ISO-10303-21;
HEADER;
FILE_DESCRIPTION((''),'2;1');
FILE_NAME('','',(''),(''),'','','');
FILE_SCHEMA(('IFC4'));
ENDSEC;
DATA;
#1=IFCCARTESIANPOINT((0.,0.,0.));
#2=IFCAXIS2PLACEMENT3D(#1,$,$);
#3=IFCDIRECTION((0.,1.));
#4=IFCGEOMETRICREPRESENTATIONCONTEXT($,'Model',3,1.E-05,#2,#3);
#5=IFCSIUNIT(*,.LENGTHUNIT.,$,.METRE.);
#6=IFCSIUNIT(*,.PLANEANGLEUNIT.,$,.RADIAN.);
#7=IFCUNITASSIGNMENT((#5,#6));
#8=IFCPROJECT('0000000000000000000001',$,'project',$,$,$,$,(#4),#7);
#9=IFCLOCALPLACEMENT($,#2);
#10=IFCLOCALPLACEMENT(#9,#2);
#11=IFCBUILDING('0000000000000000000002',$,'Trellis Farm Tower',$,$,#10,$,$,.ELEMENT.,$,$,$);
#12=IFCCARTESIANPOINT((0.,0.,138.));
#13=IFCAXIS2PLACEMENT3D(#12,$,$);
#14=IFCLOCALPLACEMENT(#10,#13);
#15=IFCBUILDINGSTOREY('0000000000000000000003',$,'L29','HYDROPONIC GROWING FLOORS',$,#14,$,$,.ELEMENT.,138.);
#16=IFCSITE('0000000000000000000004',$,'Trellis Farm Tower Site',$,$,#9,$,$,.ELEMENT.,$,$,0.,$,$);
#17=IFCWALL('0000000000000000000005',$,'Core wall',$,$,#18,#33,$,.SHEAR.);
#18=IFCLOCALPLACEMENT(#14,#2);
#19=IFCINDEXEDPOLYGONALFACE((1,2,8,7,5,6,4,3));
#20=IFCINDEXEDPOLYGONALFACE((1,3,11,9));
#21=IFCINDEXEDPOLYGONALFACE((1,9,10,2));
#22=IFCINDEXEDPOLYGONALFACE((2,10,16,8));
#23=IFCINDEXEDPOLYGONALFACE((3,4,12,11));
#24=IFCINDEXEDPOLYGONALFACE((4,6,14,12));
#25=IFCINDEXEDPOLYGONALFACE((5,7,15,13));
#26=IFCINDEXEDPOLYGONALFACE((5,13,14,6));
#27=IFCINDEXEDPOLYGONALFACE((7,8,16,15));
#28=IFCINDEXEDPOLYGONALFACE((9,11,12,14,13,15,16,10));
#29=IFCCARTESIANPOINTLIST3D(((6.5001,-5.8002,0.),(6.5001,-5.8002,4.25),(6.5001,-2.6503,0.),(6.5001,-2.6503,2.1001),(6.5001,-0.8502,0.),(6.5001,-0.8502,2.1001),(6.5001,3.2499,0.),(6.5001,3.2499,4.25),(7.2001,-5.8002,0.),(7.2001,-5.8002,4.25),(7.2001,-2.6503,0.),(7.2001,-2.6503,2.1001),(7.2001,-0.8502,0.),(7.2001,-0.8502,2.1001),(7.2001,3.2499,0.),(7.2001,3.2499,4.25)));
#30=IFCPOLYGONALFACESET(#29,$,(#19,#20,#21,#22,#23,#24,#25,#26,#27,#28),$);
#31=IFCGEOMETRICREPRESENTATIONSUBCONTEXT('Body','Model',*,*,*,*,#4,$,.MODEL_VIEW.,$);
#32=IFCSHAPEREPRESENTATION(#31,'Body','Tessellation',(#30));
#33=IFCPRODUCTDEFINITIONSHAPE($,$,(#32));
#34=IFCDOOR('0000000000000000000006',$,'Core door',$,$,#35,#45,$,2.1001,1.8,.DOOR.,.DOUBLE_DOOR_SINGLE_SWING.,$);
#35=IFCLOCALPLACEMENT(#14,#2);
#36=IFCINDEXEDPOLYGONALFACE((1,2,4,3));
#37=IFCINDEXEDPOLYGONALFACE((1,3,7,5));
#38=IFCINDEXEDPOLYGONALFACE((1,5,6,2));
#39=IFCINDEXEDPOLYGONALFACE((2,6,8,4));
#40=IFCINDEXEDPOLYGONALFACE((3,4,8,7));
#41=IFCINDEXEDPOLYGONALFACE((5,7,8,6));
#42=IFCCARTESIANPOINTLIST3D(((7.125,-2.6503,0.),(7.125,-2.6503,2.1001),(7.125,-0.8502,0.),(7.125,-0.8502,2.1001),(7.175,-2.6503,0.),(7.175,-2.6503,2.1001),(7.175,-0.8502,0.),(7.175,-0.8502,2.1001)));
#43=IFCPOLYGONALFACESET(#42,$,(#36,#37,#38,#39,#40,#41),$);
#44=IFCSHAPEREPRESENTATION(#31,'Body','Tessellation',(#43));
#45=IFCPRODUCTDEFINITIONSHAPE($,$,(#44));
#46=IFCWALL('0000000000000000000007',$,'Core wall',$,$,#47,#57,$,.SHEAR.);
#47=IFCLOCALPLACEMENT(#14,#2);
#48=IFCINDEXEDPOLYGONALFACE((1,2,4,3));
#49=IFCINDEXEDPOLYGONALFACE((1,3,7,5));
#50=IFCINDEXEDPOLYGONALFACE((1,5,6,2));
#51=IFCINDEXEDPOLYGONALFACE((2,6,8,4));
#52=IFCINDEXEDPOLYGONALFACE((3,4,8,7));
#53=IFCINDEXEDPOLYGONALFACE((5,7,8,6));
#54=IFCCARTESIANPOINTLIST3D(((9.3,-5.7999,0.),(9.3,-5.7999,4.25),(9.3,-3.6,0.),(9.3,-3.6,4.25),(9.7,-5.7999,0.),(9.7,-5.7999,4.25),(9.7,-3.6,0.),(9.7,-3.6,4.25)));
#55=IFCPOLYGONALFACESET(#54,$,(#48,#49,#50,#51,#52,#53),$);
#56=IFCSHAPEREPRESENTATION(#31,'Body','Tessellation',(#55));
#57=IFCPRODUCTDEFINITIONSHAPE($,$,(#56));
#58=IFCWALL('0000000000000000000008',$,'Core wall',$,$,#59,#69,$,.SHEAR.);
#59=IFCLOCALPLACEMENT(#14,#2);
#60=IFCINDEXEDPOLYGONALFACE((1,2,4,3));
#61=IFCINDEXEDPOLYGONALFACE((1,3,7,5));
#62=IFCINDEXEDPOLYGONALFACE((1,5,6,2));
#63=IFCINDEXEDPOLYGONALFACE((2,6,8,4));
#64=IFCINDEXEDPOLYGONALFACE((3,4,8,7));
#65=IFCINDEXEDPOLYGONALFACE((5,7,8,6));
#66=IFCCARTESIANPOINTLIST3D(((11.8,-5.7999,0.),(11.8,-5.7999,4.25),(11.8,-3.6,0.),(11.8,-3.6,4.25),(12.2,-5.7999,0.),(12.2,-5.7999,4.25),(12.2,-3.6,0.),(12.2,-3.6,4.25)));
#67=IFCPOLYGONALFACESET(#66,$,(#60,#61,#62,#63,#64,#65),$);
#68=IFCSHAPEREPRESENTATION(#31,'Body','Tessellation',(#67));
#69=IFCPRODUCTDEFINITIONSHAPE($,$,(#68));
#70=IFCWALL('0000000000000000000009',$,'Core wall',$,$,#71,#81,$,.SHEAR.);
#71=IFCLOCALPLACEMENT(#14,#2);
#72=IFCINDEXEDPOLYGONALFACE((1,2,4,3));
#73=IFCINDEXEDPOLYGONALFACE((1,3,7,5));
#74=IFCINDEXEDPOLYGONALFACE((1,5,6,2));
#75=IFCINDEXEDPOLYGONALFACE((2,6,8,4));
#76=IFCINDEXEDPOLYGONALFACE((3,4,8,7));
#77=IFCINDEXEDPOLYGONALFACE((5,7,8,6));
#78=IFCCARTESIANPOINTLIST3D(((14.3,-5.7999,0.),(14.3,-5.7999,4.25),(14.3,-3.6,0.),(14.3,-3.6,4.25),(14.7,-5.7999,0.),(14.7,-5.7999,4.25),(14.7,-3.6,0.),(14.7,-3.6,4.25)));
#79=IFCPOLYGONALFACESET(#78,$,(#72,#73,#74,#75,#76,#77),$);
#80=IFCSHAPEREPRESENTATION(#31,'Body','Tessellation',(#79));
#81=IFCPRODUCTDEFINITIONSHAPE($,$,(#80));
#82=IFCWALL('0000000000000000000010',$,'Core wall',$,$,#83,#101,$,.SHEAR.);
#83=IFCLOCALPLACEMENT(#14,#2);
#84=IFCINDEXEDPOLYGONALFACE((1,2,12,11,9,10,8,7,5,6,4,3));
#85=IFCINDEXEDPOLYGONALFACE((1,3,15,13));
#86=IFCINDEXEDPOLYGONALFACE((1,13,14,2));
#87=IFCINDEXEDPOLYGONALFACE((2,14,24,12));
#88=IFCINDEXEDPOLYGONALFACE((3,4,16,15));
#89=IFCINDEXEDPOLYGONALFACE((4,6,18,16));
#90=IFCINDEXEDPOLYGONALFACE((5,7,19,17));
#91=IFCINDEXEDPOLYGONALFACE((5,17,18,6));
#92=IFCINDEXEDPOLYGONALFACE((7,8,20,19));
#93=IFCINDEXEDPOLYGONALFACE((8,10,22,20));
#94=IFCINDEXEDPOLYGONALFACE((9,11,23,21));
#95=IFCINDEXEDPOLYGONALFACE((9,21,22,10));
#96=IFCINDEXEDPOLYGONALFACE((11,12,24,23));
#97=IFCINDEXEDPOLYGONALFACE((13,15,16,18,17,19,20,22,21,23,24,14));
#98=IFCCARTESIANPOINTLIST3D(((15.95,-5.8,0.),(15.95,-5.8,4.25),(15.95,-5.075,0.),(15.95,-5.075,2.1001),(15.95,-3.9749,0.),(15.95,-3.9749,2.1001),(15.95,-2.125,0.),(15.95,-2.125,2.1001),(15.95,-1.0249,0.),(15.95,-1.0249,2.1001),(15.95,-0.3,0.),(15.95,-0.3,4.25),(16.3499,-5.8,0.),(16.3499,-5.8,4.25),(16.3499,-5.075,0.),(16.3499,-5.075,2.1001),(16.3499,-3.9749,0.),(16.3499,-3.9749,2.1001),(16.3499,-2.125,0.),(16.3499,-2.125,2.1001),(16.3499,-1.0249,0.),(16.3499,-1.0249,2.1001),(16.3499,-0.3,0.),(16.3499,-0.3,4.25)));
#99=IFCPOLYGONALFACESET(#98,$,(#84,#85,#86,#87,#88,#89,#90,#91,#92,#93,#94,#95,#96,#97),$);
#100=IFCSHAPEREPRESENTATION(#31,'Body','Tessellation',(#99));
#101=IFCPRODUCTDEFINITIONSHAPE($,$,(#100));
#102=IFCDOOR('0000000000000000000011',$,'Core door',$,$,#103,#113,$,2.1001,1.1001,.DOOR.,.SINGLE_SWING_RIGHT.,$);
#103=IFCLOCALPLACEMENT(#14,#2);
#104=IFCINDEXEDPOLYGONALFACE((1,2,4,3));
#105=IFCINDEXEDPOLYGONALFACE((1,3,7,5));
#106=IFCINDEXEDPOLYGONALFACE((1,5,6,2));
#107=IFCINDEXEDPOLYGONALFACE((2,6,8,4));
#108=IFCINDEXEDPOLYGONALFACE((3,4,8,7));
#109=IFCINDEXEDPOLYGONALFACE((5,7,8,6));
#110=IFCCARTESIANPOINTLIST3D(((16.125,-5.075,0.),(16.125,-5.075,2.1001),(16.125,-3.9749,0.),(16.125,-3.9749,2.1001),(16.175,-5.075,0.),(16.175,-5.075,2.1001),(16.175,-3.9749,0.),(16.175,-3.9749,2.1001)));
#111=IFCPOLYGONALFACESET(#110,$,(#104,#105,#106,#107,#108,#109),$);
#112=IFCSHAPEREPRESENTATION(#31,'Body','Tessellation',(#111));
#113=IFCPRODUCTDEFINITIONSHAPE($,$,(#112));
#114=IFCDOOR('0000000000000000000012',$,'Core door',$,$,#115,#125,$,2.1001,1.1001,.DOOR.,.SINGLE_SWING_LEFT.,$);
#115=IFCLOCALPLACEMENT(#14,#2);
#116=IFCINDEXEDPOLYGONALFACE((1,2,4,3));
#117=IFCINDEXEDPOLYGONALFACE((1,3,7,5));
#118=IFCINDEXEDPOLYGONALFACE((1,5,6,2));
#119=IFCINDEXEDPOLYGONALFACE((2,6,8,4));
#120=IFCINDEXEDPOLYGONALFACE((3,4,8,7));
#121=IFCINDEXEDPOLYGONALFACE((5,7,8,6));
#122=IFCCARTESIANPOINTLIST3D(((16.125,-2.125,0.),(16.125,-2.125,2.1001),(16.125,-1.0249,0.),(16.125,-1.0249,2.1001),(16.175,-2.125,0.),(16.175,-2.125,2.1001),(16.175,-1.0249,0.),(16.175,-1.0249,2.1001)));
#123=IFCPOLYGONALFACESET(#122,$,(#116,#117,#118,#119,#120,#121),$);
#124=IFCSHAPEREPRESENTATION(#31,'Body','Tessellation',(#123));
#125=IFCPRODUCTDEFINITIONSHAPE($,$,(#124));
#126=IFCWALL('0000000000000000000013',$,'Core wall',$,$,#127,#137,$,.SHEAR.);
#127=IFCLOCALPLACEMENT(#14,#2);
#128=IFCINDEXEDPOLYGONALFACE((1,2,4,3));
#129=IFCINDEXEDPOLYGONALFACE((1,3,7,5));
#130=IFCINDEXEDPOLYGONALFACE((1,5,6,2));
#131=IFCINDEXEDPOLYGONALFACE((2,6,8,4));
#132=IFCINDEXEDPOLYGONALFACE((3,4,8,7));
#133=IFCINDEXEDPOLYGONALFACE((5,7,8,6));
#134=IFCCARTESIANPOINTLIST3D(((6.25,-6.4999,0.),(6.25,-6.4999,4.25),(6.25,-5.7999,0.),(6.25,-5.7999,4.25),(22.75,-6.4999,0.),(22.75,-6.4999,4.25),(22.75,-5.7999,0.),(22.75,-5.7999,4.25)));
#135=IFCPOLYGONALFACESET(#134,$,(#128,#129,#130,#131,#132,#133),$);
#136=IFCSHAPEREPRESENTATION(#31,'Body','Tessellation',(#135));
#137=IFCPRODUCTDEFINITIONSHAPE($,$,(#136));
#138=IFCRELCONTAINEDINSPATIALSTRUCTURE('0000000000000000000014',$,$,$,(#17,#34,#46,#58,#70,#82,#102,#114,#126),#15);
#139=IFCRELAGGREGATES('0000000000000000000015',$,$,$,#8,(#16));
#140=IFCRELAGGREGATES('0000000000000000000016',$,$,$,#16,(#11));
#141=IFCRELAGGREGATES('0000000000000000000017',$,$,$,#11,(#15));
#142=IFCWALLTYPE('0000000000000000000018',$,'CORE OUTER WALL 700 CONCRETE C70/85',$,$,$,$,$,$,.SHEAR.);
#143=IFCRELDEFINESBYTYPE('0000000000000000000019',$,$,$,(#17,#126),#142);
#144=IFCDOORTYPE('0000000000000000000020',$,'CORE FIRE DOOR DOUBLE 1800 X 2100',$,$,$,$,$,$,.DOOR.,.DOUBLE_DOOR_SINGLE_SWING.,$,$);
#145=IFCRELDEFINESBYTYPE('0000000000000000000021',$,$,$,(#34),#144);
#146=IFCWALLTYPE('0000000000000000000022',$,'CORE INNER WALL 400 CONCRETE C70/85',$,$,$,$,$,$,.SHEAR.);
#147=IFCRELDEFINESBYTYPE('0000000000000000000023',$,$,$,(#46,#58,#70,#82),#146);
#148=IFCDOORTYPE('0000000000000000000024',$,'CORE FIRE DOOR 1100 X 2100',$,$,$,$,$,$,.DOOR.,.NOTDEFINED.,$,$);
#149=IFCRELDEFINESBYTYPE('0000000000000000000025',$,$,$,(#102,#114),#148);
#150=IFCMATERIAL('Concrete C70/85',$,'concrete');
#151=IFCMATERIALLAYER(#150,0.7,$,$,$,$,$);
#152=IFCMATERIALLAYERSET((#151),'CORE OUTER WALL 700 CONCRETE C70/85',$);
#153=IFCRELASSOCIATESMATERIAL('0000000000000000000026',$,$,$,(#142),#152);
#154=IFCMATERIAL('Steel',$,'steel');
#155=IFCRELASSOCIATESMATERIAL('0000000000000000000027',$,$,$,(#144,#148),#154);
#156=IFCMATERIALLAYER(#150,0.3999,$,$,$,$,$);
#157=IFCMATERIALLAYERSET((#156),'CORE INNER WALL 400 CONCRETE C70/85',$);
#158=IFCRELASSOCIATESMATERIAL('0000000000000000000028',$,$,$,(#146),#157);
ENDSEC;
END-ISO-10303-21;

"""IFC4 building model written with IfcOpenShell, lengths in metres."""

from ifc_helpers import new_model, si_unit, direction, frame, frame_2d, origin, place, context, subcontext, project, spatial, rectangle, extrude, source, transform, mapped, material, layer, layer_set, type_object, element, fill, save


model = new_model("IFC4")

# Units and contexts
model_context = context("Model", 3, precision=1e-05, world=origin(), true_north=direction((0.0, 1.0)))
body_context = subcontext(model_context, "Body", "Model", "MODEL_VIEW")
ifc_project = project(units=[si_unit("LENGTHUNIT", "METRE"), si_unit("PLANEANGLEUNIT", "RADIAN")], contexts=[model_context])

# Site, building, storey
site_placement = place(None, origin())
site = spatial("IfcSite", under=ifc_project, at=site_placement, Name="Trellis Farm Tower Site", CompositionType="ELEMENT", RefElevation=0.0)
building_placement = place(site_placement, origin())
building = spatial("IfcBuilding", under=site, at=building_placement, Name="Trellis Farm Tower", CompositionType="ELEMENT")
storey_placement = place(building_placement, frame((0.0, 0.0, 138.0)))
storey = spatial("IfcBuildingStorey", under=building, at=storey_placement, Name="L29", Description="HYDROPONIC GROWING FLOORS", CompositionType="ELEMENT", Elevation=138.0)

# Wall, opening, door
ifc_material_1 = material(Name="Concrete C70/85", Category="concrete")
ifc_layer_1 = layer(ifc_material_1, 0.7)
ifc_layer_set_1 = layer_set([ifc_layer_1], Name="CORE OUTER WALL 700 CONCRETE C70/85")
wall_type_1 = type_object("IfcWallType", Name="CORE OUTER WALL 700 CONCRETE C70/85", PredefinedType="SHEAR", material=ifc_layer_set_1)
shared_shape_1 = source(origin(), body_context, "Body", "SweptSolid", [
    extrude(rectangle(XDim=9.05, YDim=0.7, at=frame_2d((4.5249, 0.0))), origin(), (0.0, 0.0, 1.0), 4.25),
])
wall_1_placement = place(storey_placement, frame((6.8501, -5.8, 0.0), z_axis=(0.0, 0.0, 1.0), x_axis=(0.0, 1.0, 0.0)))
wall_1 = element("IfcWall", 1, at=wall_1_placement, inside=storey, type_object=wall_type_1, Name="Core wall", PredefinedType="SHEAR", context=body_context, shape_type="MappedRepresentation", body=[
    mapped(shared_shape_1, transform((0.0, 0.0, 0.0))),
])
shared_shape_2 = source(origin(), body_context, "Body", "SweptSolid", [
    extrude(rectangle(XDim=1.8, YDim=2.1001, at=frame_2d((0.8999, 1.05))), frame((0.0, 0.3601, 0.0), z_axis=(0.0, -1.0, 0.0), x_axis=(1.0, 0.0, 0.0)), (0.0, 0.0, 1.0), 0.7202),
])
opening_1_placement = place(wall_1_placement, frame((3.1499, 0.0, 0.0)))
opening_1 = element("IfcOpeningElement", 2, at=opening_1_placement, cuts=wall_1, PredefinedType="OPENING", context=body_context, shape_type="MappedRepresentation", body=[
    mapped(shared_shape_2, transform((0.0, 0.0, 0.0))),
])
ifc_material_2 = material(Name="Steel", Category="steel")
door_type_1 = type_object("IfcDoorType", Name="CORE FIRE DOOR DOUBLE 1800 X 2100", OperationType="DOUBLE_DOOR_SINGLE_SWING", PredefinedType="DOOR", material=ifc_material_2)
shared_shape_3 = source(origin(), body_context, "Body", "SweptSolid", [
    extrude(rectangle(XDim=1.8, YDim=2.1001, at=frame_2d((0.8999, 1.05))), frame((0.0, -0.2749, 0.0), z_axis=(0.0, -1.0, 0.0), x_axis=(1.0, 0.0, 0.0)), (0.0, 0.0, 1.0), 0.05),
])
door_1_placement = place(opening_1_placement, origin())
door_1 = element("IfcDoor", 3, at=door_1_placement, inside=storey, type_object=door_type_1, Name="Core door", OperationType="DOUBLE_DOOR_SINGLE_SWING", OverallHeight=2.1001, OverallWidth=1.8, PredefinedType="DOOR", context=body_context, shape_type="MappedRepresentation", body=[
    mapped(shared_shape_3, transform((0.0, 0.0, 0.0))),
])
fill(opening_1, door_1)

# Walls
ifc_layer_2 = layer(ifc_material_1, 0.3999)
ifc_layer_set_2 = layer_set([ifc_layer_2], Name="CORE INNER WALL 400 CONCRETE C70/85")
wall_type_2 = type_object("IfcWallType", Name="CORE INNER WALL 400 CONCRETE C70/85", PredefinedType="SHEAR", material=ifc_layer_set_2)
shared_shape_4 = source(origin(), body_context, "Body", "SweptSolid", [
    extrude(rectangle(XDim=2.2, YDim=0.3999, at=frame_2d((1.1001, 0.0))), origin(), (0.0, 0.0, 1.0), 4.25),
])
for number, where, z_axis, x_axis, name in (
    (4, (9.5, -5.8, 0.0), (0.0, 0.0, 1.0), (0.0, 1.0, 0.0), "Core wall"),
    (5, (12.0, -5.8, 0.0), (0.0, 0.0, 1.0), (0.0, 1.0, 0.0), "Core wall"),
    (6, (14.5, -5.8, 0.0), (0.0, 0.0, 1.0), (0.0, 1.0, 0.0), "Core wall"),
):
    element("IfcWall", number, at=place(storey_placement, frame(where, z_axis=z_axis, x_axis=x_axis)), inside=storey, type_object=wall_type_2, Name=name, PredefinedType="SHEAR", context=body_context, shape_type="MappedRepresentation", body=[
        mapped(shared_shape_4, transform((0.0, 0.0, 0.0))),
    ])

# Wall, openings, doors
shared_shape_5 = source(origin(), body_context, "Body", "SweptSolid", [
    extrude(rectangle(XDim=5.5, YDim=0.3999, at=frame_2d((2.75, 0.0))), origin(), (0.0, 0.0, 1.0), 4.25),
])
wall_2_placement = place(storey_placement, frame((16.1499, -5.8, 0.0), z_axis=(0.0, 0.0, 1.0), x_axis=(0.0, 1.0, 0.0)))
wall_2 = element("IfcWall", 7, at=wall_2_placement, inside=storey, type_object=wall_type_2, Name="Core wall", PredefinedType="SHEAR", context=body_context, shape_type="MappedRepresentation", body=[
    mapped(shared_shape_5, transform((0.0, 0.0, 0.0))),
])
shared_shape_6 = source(origin(), body_context, "Body", "SweptSolid", [
    extrude(rectangle(XDim=1.1001, YDim=2.1001, at=frame_2d((0.55, 1.05))), frame((0.0, 0.21, 0.0), z_axis=(0.0, -1.0, 0.0), x_axis=(1.0, 0.0, 0.0)), (0.0, 0.0, 1.0), 0.4199),
])
opening_2_placement = place(wall_2_placement, frame((0.7251, 0.0, 0.0)))
opening_2 = element("IfcOpeningElement", 8, at=opening_2_placement, cuts=wall_2, PredefinedType="OPENING", context=body_context, shape_type="MappedRepresentation", body=[
    mapped(shared_shape_6, transform((0.0, 0.0, 0.0))),
])
opening_3_placement = place(wall_2_placement, frame((3.675, 0.0, 0.0)))
opening_3 = element("IfcOpeningElement", 9, at=opening_3_placement, cuts=wall_2, PredefinedType="OPENING", context=body_context, shape_type="MappedRepresentation", body=[
    mapped(shared_shape_6, transform((0.0, 0.0, 0.0))),
])
door_type_2 = type_object("IfcDoorType", Name="CORE FIRE DOOR 1100 X 2100", OperationType="NOTDEFINED", PredefinedType="DOOR", material=ifc_material_2)
shared_shape_7 = source(origin(), body_context, "Body", "SweptSolid", [
    extrude(rectangle(XDim=1.1001, YDim=2.1001, at=frame_2d((0.55, 1.05))), frame((0.0, 0.0249, 0.0), z_axis=(0.0, -1.0, 0.0), x_axis=(1.0, 0.0, 0.0)), (0.0, 0.0, 1.0), 0.05),
])
door_2_placement = place(opening_2_placement, origin())
door_2 = element("IfcDoor", 10, at=door_2_placement, inside=storey, type_object=door_type_2, Name="Core door", OperationType="SINGLE_SWING_RIGHT", OverallHeight=2.1001, OverallWidth=1.1001, PredefinedType="DOOR", context=body_context, shape_type="MappedRepresentation", body=[
    mapped(shared_shape_7, transform((0.0, 0.0, 0.0))),
])
fill(opening_2, door_2)
door_3_placement = place(opening_3_placement, origin())
door_3 = element("IfcDoor", 11, at=door_3_placement, inside=storey, type_object=door_type_2, Name="Core door", OperationType="SINGLE_SWING_LEFT", OverallHeight=2.1001, OverallWidth=1.1001, PredefinedType="DOOR", context=body_context, shape_type="MappedRepresentation", body=[
    mapped(shared_shape_7, transform((0.0, 0.0, 0.0))),
])
fill(opening_3, door_3)

# Wall
shared_shape_8 = source(origin(), body_context, "Body", "SweptSolid", [
    extrude(rectangle(XDim=16.5, YDim=0.7, at=frame_2d((8.25, 0.0))), origin(), (0.0, 0.0, 1.0), 4.25),
])
wall_3_placement = place(storey_placement, frame((6.25, -6.1499, 0.0), z_axis=(0.0, 0.0, 1.0), x_axis=(1.0, 0.0, 0.0)))
element("IfcWall", 12, at=wall_3_placement, inside=storey, type_object=wall_type_1, Name="Core wall", PredefinedType="SHEAR", context=body_context, shape_type="MappedRepresentation", body=[
    mapped(shared_shape_8, transform((0.0, 0.0, 0.0))),
])

save(model, "model.ifc")
